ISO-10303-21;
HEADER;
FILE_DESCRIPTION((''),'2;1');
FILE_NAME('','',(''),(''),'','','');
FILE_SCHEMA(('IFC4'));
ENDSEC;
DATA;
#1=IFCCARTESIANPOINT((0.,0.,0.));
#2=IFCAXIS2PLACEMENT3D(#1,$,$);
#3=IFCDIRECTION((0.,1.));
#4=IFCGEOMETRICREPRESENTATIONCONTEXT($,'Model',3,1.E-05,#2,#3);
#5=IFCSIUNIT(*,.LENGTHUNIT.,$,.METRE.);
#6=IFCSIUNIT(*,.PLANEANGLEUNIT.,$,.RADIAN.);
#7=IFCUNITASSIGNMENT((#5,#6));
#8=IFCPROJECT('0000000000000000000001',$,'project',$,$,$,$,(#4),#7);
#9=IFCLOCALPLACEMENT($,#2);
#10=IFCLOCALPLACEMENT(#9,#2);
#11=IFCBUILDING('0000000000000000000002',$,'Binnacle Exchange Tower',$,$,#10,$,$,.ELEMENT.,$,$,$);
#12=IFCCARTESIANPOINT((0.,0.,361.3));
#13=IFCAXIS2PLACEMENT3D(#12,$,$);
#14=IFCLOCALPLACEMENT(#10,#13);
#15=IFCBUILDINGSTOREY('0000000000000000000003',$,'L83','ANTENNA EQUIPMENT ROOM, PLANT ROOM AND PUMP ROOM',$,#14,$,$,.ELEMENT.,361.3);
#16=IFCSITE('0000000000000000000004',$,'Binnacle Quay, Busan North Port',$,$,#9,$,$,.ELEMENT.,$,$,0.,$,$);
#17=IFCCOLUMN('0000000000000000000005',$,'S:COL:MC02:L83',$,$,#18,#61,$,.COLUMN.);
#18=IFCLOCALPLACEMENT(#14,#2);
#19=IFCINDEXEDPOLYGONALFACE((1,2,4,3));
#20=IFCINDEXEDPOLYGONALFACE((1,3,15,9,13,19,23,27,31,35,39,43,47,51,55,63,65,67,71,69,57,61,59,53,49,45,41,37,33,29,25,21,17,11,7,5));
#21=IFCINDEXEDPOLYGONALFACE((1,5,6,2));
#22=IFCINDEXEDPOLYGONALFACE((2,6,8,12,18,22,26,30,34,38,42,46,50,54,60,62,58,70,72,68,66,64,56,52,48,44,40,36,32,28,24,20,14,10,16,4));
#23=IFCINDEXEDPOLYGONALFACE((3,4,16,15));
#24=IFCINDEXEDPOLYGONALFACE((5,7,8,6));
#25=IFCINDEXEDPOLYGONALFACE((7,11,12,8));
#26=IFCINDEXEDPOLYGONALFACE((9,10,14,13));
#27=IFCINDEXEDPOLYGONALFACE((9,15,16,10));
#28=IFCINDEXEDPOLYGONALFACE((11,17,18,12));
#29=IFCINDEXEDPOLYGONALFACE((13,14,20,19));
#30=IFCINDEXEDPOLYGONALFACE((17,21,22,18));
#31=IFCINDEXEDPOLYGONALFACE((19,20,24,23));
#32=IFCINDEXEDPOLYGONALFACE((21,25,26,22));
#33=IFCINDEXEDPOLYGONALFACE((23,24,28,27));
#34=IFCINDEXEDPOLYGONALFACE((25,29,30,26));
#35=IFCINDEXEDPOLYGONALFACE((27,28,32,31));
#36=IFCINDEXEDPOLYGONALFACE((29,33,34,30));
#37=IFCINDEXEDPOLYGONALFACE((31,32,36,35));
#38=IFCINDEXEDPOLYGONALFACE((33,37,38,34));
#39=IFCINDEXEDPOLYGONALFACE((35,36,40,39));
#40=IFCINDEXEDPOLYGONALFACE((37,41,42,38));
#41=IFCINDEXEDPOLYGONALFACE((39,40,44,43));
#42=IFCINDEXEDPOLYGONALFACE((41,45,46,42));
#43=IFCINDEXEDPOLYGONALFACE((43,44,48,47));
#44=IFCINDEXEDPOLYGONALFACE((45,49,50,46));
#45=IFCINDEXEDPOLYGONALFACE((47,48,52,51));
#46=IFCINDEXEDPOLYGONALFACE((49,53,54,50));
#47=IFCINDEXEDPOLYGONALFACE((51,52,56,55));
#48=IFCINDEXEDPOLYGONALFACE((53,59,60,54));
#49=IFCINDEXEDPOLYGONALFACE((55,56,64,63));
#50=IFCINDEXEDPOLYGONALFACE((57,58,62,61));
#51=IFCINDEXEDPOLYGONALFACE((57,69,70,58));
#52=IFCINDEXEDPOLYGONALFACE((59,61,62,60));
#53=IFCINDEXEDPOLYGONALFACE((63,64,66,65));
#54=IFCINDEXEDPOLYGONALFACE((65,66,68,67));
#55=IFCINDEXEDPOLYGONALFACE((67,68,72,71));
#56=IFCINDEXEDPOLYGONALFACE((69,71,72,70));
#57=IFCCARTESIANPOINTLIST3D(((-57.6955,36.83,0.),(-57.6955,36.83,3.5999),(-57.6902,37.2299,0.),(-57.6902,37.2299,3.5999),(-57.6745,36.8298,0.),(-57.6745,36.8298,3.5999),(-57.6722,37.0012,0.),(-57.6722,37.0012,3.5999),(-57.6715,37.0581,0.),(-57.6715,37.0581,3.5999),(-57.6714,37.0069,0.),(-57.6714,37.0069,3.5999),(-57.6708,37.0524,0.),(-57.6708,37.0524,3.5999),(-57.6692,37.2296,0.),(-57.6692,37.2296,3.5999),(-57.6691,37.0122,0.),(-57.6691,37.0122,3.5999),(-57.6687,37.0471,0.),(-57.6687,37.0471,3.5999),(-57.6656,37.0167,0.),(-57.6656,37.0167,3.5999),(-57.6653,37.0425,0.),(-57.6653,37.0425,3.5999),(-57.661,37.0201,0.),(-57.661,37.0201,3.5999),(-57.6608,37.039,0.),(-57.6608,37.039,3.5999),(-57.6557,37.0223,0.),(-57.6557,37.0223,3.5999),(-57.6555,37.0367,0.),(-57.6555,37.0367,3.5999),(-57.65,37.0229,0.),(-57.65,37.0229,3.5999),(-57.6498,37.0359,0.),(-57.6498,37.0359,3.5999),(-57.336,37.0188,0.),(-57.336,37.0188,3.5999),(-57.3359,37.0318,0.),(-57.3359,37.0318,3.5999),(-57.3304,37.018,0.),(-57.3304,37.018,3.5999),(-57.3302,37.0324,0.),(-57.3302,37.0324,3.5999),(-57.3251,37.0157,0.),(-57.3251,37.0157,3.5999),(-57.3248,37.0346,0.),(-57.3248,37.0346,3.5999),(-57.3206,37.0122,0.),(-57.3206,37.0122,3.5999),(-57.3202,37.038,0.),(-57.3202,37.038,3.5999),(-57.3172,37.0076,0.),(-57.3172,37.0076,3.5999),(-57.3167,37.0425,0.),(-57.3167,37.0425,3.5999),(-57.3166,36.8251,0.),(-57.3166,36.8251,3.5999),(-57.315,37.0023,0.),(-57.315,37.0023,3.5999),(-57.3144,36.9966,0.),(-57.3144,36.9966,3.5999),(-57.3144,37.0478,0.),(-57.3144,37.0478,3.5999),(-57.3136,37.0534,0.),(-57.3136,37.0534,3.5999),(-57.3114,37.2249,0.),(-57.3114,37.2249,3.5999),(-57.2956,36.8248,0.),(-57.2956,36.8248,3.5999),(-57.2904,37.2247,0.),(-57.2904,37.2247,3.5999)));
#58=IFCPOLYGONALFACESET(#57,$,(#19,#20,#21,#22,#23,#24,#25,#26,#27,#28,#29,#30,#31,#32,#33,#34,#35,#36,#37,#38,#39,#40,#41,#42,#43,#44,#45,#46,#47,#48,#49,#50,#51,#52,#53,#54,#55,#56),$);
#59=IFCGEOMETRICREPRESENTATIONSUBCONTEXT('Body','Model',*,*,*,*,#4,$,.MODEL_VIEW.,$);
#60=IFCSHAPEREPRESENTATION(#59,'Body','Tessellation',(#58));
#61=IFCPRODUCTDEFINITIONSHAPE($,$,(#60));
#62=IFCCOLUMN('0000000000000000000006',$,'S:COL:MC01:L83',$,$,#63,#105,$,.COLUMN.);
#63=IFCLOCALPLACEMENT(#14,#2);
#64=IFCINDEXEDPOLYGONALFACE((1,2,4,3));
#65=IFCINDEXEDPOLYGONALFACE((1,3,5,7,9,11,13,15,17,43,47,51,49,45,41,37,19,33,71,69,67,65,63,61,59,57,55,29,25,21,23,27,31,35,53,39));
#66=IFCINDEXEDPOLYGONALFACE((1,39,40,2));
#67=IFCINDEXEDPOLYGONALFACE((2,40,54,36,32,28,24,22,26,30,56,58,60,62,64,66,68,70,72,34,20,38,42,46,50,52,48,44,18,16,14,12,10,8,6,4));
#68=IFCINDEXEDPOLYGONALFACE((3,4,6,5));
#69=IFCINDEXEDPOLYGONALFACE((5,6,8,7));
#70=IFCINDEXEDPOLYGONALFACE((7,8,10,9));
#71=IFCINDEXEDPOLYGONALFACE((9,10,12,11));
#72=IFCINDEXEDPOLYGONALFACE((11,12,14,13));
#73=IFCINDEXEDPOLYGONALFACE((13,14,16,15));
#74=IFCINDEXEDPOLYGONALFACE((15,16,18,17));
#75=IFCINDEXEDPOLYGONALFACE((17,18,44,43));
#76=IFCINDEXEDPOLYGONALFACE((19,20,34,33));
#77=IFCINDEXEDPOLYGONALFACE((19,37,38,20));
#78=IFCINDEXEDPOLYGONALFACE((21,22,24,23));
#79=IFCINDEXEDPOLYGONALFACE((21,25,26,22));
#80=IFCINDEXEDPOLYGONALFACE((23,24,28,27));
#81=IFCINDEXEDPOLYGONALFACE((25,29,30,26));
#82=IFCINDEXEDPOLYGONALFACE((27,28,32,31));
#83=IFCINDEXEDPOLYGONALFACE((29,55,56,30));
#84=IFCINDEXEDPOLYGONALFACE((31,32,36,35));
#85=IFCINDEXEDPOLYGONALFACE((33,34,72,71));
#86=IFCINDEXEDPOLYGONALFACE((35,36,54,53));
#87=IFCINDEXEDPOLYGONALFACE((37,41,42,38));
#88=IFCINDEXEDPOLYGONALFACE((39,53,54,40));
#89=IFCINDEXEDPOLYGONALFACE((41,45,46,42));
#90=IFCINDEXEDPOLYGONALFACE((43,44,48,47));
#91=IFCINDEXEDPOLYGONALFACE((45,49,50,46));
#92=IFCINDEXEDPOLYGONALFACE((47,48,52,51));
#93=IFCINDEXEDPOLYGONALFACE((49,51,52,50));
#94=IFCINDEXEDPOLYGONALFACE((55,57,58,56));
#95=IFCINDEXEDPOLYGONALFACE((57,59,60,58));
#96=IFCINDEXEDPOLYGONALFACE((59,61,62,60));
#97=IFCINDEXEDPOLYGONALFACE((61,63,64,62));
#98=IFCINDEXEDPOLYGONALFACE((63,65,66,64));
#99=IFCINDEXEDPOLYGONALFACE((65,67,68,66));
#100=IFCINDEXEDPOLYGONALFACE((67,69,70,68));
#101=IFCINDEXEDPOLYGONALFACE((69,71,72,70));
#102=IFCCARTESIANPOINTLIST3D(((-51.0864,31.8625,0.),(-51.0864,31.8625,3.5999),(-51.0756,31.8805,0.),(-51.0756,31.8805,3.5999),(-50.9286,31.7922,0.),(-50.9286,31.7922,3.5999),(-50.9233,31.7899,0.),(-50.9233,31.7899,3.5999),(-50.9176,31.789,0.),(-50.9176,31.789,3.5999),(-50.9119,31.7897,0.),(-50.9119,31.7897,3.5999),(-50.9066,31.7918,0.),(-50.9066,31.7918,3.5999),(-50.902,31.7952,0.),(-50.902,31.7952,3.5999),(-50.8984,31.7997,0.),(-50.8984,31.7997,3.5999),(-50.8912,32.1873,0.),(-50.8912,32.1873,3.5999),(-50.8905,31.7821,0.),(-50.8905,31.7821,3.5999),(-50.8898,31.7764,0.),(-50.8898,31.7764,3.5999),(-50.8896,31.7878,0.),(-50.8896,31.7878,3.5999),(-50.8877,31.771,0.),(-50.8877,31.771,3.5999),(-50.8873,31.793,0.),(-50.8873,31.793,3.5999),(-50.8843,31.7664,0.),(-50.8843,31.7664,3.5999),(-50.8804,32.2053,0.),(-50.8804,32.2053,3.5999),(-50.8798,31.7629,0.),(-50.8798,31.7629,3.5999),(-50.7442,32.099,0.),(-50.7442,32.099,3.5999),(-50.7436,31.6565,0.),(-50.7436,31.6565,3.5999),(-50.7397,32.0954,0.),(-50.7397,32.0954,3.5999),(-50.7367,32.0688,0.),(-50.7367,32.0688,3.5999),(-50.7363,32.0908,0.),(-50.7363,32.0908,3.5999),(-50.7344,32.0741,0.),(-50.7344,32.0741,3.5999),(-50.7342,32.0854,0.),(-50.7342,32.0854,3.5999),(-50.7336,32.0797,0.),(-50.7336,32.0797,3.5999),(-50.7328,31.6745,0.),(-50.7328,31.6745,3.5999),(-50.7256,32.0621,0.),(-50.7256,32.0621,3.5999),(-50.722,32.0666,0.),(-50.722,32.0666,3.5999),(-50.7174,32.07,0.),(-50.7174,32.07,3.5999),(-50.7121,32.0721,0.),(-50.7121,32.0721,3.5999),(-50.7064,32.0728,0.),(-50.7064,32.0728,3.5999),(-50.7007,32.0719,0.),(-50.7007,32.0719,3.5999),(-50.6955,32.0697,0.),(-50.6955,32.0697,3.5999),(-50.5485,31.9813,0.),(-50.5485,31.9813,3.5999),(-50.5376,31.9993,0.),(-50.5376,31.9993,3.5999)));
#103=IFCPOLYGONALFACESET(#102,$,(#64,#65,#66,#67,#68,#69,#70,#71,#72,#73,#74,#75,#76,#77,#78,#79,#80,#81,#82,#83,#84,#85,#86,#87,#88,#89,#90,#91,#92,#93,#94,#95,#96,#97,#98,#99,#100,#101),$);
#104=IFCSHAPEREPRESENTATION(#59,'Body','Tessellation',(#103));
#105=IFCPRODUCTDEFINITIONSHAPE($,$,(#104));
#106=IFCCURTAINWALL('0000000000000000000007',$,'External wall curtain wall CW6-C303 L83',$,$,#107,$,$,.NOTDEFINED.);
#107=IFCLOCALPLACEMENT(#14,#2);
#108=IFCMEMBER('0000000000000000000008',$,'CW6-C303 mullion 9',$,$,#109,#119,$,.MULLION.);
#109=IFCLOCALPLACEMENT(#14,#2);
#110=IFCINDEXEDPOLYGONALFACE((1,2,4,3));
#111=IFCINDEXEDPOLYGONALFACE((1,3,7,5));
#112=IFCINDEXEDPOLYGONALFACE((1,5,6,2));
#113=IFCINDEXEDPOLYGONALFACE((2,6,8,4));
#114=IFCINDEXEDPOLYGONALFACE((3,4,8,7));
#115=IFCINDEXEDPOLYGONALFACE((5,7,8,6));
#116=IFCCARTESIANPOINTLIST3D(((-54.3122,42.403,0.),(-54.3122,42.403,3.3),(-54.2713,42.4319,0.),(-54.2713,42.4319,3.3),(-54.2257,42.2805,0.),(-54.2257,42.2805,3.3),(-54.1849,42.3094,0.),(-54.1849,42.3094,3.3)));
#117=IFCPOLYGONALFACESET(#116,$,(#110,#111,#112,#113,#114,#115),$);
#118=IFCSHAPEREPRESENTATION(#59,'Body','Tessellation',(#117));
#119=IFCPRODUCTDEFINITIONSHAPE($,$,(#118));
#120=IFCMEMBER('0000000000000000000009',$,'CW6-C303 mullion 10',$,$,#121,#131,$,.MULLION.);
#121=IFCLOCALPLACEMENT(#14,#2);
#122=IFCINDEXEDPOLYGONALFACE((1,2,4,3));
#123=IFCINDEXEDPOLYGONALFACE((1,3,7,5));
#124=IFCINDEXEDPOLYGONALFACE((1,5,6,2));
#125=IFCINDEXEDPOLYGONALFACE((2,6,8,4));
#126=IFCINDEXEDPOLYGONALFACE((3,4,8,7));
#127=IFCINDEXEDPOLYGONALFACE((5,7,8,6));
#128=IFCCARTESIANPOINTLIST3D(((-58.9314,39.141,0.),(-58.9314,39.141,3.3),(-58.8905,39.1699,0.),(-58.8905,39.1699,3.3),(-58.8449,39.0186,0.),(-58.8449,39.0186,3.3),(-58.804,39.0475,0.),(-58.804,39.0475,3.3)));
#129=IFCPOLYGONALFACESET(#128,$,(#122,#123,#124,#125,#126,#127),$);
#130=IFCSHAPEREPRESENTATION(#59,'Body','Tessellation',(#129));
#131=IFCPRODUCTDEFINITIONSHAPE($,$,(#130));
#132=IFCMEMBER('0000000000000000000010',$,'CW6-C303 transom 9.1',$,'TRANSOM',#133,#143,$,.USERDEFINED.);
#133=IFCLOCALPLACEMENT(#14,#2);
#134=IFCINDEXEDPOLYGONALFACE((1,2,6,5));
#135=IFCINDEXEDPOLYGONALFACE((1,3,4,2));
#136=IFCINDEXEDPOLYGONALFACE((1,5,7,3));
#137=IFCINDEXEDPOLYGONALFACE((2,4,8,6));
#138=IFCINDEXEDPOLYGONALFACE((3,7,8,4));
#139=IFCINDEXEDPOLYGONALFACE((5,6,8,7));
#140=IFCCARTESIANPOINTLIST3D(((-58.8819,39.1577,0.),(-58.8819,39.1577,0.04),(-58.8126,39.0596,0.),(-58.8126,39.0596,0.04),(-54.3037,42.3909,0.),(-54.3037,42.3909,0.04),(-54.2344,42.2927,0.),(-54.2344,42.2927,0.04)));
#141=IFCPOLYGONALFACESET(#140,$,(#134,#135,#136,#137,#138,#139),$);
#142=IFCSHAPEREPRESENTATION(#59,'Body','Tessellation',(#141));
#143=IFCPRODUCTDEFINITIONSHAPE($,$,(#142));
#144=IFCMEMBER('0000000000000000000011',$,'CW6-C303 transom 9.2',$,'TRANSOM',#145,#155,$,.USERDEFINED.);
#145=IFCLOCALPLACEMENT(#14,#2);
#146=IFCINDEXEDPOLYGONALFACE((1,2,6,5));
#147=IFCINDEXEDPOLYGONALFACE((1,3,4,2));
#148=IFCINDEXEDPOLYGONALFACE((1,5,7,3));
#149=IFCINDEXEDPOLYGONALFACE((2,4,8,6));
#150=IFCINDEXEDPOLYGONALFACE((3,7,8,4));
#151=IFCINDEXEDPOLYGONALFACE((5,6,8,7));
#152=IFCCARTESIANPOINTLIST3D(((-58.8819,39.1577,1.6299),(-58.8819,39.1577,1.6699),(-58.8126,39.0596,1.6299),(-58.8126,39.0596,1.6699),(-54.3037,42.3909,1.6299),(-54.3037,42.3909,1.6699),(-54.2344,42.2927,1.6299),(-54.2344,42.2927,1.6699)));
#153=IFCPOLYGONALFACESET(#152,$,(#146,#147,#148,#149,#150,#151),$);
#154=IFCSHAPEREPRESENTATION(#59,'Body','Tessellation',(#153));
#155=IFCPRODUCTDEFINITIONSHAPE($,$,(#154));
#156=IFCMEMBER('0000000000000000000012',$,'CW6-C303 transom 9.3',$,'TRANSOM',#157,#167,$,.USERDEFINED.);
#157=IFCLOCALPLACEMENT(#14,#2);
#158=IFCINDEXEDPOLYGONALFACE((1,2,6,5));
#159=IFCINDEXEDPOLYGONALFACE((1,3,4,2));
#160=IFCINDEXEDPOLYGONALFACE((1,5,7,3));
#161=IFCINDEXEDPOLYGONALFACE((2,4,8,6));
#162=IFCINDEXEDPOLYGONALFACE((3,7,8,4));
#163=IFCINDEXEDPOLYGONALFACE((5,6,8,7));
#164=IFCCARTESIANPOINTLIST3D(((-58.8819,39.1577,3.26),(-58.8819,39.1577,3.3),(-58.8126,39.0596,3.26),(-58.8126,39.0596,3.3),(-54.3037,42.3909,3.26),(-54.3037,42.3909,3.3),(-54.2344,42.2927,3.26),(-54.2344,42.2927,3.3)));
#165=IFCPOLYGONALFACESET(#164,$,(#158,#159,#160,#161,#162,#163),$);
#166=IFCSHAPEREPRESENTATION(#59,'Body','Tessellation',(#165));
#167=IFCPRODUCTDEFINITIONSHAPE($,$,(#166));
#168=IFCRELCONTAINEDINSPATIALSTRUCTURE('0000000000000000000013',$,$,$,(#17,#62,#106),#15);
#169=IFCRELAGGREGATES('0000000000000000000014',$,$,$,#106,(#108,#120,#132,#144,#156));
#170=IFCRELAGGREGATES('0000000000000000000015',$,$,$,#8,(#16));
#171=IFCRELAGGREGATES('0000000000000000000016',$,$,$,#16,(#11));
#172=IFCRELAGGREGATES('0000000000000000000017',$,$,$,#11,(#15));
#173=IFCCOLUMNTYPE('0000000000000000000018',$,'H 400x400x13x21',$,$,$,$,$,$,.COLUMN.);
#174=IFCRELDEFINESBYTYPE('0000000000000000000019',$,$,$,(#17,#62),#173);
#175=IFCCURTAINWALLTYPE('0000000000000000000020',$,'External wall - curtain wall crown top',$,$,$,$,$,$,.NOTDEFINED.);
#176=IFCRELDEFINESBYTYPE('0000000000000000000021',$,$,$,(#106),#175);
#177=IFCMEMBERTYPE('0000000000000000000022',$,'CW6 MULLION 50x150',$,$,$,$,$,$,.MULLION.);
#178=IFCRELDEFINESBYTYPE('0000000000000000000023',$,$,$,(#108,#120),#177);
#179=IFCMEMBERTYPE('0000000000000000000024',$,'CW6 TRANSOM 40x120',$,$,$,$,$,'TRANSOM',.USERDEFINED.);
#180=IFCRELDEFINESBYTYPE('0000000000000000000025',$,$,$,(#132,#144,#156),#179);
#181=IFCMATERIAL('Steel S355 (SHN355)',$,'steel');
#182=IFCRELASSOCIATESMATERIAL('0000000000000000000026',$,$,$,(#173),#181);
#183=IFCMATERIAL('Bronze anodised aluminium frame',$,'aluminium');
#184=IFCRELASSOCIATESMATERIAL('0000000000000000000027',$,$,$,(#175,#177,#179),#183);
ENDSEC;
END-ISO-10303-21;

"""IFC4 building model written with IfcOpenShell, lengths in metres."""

from ifc_helpers import new_model, si_unit, direction, frame, origin, origin_2d, place, context, subcontext, project, spatial, rectangle, i_section, extrude, material, material_profile, profile_set, type_object, element, aggregate, save


model = new_model("IFC4")

# Units and contexts
model_context = context("Model", 3, precision=1e-05, world=origin(), true_north=direction((0.0, 1.0)))
body_context = subcontext(model_context, "Body", "Model", "MODEL_VIEW")
ifc_project = project(units=[si_unit("LENGTHUNIT", "METRE"), si_unit("PLANEANGLEUNIT", "RADIAN")], contexts=[model_context])

# Site, building, storey
site_placement = place(None, origin())
site = spatial("IfcSite", under=ifc_project, at=site_placement, Name="Binnacle Quay, Busan North Port", CompositionType="ELEMENT", RefElevation=0.0)
building_placement = place(site_placement, origin())
building = spatial("IfcBuilding", under=site, at=building_placement, Name="Binnacle Exchange Tower", CompositionType="ELEMENT")
storey_placement = place(building_placement, frame((0.0, 0.0, 361.3)))
storey = spatial("IfcBuildingStorey", under=building, at=storey_placement, Name="L83", Description="ANTENNA EQUIPMENT ROOM, PLANT ROOM AND PUMP ROOM", CompositionType="ELEMENT", Elevation=361.3)

# Columns
ifc_material_1 = material(Name="Steel S355 (SHN355)", Category="steel")
ifc_material_profile_1 = material_profile(ifc_material_1, i_section(OverallWidth=0.3999, OverallDepth=0.3999, WebThickness=0.0129, FlangeThickness=0.021, FilletRadius=0.022, at=origin_2d()), Name="H 400x400x13x21")
ifc_profile_set_1 = profile_set([ifc_material_profile_1], Name="Steel S355 (SHN355)")
column_type = type_object("IfcColumnType", Name="H 400x400x13x21", PredefinedType="COLUMN", material=ifc_profile_set_1)
for number, where, z_axis, x_axis, name in (
    (1, (-57.4929, 37.0273, 0.0), (0.0, 0.0, 1.0), (-0.01309, -0.999914, 0.0), "S:COL:MC02:L83"),
    (2, (-50.812, 31.9309, 0.0), (0.0, 0.0, 1.0), (0.857167, -0.515038, 0.0), "S:COL:MC01:L83"),
):
    element("IfcColumn", number, at=place(storey_placement, frame(where, z_axis=z_axis, x_axis=x_axis)), inside=storey, type_object=column_type, Name=name, PredefinedType="COLUMN", context=body_context, shape_type="SweptSolid", body=[
        extrude(i_section(OverallWidth=0.3999, OverallDepth=0.3999, WebThickness=0.0129, FlangeThickness=0.021, FilletRadius=0.022, at=origin_2d()), origin(), (0.0, 0.0, 1.0), 3.5999),
    ])

# Curtain wall, members
ifc_material_2 = material(Name="Bronze anodised aluminium frame", Category="aluminium")
curtain_wall_type = type_object("IfcCurtainWallType", Name="External wall - curtain wall crown top", PredefinedType="NOTDEFINED", material=ifc_material_2)
curtain_wall_placement = place(storey_placement, origin())
curtain_wall = element("IfcCurtainWall", 3, at=curtain_wall_placement, inside=storey, type_object=curtain_wall_type, Name="External wall curtain wall CW6-C303 L83", PredefinedType="NOTDEFINED")
ifc_material_profile_2 = material_profile(ifc_material_2, rectangle(XDim=0.1499, YDim=0.05, at=origin_2d()), Name="AL 50x150")
ifc_profile_set_2 = profile_set([ifc_material_profile_2], Name="Bronze anodised aluminium frame")
member_type_1 = type_object("IfcMemberType", Name="CW6 MULLION 50x150", PredefinedType="MULLION", material=ifc_profile_set_2)
member_1_placement = place(storey_placement, frame((-54.2485, 42.3562, 0.0), z_axis=(0.0, 0.0, 1.0), x_axis=(0.576854, -0.816847, 0.0)))
member_1 = element("IfcMember", 4, at=member_1_placement, type_object=member_type_1, Name="CW6-C303 mullion 9", PredefinedType="MULLION", context=body_context, shape_type="SweptSolid", body=[
    extrude(rectangle(XDim=0.1499, YDim=0.05, at=origin_2d()), origin(), (0.0, 0.0, 1.0), 3.3),
])
member_2_placement = place(storey_placement, frame((-58.8677, 39.0942, 0.0), z_axis=(0.0, 0.0, 1.0), x_axis=(0.576854, -0.816847, 0.0)))
member_2 = element("IfcMember", 5, at=member_2_placement, type_object=member_type_1, Name="CW6-C303 mullion 10", PredefinedType="MULLION", context=body_context, shape_type="SweptSolid", body=[
    extrude(rectangle(XDim=0.1499, YDim=0.05, at=origin_2d()), origin(), (0.0, 0.0, 1.0), 3.3),
])
ifc_material_profile_3 = material_profile(ifc_material_2, rectangle(XDim=0.1201, YDim=0.04, at=origin_2d()), Name="AL 120x40")
ifc_profile_set_3 = profile_set([ifc_material_profile_3], Name="Bronze anodised aluminium frame")
member_type_2 = type_object("IfcMemberType", Name="CW6 TRANSOM 40x120", ElementType="TRANSOM", PredefinedType="USERDEFINED", material=ifc_profile_set_3)
member_3_placement = place(storey_placement, frame((-54.269, 42.3418, 0.02), z_axis=(-0.816839, -0.576866, 0.0), x_axis=(0.576866, -0.816839, 0.0)))
member_3 = element("IfcMember", 6, at=member_3_placement, type_object=member_type_2, Name="CW6-C303 transom 9.1", ObjectType="TRANSOM", PredefinedType="USERDEFINED", context=body_context, shape_type="SweptSolid", body=[
    extrude(rectangle(XDim=0.1201, YDim=0.04, at=origin_2d()), origin(), (0.0, 0.0, 1.0), 5.6047),
])
member_4_placement = place(storey_placement, frame((-54.269, 42.3418, 1.6499), z_axis=(-0.816839, -0.576866, 0.0), x_axis=(0.576866, -0.816839, 0.0)))
member_4 = element("IfcMember", 7, at=member_4_placement, type_object=member_type_2, Name="CW6-C303 transom 9.2", ObjectType="TRANSOM", PredefinedType="USERDEFINED", context=body_context, shape_type="SweptSolid", body=[
    extrude(rectangle(XDim=0.1201, YDim=0.04, at=origin_2d()), origin(), (0.0, 0.0, 1.0), 5.6047),
])
member_5_placement = place(storey_placement, frame((-54.269, 42.3418, 3.28), z_axis=(-0.816839, -0.576866, 0.0), x_axis=(0.576866, -0.816839, 0.0)))
member_5 = element("IfcMember", 8, at=member_5_placement, type_object=member_type_2, Name="CW6-C303 transom 9.3", ObjectType="TRANSOM", PredefinedType="USERDEFINED", context=body_context, shape_type="SweptSolid", body=[
    extrude(rectangle(XDim=0.1201, YDim=0.04, at=origin_2d()), origin(), (0.0, 0.0, 1.0), 5.6047),
])

aggregate(curtain_wall, [member_1, member_2, member_3, member_4, member_5])

save(model, "model.ifc")
